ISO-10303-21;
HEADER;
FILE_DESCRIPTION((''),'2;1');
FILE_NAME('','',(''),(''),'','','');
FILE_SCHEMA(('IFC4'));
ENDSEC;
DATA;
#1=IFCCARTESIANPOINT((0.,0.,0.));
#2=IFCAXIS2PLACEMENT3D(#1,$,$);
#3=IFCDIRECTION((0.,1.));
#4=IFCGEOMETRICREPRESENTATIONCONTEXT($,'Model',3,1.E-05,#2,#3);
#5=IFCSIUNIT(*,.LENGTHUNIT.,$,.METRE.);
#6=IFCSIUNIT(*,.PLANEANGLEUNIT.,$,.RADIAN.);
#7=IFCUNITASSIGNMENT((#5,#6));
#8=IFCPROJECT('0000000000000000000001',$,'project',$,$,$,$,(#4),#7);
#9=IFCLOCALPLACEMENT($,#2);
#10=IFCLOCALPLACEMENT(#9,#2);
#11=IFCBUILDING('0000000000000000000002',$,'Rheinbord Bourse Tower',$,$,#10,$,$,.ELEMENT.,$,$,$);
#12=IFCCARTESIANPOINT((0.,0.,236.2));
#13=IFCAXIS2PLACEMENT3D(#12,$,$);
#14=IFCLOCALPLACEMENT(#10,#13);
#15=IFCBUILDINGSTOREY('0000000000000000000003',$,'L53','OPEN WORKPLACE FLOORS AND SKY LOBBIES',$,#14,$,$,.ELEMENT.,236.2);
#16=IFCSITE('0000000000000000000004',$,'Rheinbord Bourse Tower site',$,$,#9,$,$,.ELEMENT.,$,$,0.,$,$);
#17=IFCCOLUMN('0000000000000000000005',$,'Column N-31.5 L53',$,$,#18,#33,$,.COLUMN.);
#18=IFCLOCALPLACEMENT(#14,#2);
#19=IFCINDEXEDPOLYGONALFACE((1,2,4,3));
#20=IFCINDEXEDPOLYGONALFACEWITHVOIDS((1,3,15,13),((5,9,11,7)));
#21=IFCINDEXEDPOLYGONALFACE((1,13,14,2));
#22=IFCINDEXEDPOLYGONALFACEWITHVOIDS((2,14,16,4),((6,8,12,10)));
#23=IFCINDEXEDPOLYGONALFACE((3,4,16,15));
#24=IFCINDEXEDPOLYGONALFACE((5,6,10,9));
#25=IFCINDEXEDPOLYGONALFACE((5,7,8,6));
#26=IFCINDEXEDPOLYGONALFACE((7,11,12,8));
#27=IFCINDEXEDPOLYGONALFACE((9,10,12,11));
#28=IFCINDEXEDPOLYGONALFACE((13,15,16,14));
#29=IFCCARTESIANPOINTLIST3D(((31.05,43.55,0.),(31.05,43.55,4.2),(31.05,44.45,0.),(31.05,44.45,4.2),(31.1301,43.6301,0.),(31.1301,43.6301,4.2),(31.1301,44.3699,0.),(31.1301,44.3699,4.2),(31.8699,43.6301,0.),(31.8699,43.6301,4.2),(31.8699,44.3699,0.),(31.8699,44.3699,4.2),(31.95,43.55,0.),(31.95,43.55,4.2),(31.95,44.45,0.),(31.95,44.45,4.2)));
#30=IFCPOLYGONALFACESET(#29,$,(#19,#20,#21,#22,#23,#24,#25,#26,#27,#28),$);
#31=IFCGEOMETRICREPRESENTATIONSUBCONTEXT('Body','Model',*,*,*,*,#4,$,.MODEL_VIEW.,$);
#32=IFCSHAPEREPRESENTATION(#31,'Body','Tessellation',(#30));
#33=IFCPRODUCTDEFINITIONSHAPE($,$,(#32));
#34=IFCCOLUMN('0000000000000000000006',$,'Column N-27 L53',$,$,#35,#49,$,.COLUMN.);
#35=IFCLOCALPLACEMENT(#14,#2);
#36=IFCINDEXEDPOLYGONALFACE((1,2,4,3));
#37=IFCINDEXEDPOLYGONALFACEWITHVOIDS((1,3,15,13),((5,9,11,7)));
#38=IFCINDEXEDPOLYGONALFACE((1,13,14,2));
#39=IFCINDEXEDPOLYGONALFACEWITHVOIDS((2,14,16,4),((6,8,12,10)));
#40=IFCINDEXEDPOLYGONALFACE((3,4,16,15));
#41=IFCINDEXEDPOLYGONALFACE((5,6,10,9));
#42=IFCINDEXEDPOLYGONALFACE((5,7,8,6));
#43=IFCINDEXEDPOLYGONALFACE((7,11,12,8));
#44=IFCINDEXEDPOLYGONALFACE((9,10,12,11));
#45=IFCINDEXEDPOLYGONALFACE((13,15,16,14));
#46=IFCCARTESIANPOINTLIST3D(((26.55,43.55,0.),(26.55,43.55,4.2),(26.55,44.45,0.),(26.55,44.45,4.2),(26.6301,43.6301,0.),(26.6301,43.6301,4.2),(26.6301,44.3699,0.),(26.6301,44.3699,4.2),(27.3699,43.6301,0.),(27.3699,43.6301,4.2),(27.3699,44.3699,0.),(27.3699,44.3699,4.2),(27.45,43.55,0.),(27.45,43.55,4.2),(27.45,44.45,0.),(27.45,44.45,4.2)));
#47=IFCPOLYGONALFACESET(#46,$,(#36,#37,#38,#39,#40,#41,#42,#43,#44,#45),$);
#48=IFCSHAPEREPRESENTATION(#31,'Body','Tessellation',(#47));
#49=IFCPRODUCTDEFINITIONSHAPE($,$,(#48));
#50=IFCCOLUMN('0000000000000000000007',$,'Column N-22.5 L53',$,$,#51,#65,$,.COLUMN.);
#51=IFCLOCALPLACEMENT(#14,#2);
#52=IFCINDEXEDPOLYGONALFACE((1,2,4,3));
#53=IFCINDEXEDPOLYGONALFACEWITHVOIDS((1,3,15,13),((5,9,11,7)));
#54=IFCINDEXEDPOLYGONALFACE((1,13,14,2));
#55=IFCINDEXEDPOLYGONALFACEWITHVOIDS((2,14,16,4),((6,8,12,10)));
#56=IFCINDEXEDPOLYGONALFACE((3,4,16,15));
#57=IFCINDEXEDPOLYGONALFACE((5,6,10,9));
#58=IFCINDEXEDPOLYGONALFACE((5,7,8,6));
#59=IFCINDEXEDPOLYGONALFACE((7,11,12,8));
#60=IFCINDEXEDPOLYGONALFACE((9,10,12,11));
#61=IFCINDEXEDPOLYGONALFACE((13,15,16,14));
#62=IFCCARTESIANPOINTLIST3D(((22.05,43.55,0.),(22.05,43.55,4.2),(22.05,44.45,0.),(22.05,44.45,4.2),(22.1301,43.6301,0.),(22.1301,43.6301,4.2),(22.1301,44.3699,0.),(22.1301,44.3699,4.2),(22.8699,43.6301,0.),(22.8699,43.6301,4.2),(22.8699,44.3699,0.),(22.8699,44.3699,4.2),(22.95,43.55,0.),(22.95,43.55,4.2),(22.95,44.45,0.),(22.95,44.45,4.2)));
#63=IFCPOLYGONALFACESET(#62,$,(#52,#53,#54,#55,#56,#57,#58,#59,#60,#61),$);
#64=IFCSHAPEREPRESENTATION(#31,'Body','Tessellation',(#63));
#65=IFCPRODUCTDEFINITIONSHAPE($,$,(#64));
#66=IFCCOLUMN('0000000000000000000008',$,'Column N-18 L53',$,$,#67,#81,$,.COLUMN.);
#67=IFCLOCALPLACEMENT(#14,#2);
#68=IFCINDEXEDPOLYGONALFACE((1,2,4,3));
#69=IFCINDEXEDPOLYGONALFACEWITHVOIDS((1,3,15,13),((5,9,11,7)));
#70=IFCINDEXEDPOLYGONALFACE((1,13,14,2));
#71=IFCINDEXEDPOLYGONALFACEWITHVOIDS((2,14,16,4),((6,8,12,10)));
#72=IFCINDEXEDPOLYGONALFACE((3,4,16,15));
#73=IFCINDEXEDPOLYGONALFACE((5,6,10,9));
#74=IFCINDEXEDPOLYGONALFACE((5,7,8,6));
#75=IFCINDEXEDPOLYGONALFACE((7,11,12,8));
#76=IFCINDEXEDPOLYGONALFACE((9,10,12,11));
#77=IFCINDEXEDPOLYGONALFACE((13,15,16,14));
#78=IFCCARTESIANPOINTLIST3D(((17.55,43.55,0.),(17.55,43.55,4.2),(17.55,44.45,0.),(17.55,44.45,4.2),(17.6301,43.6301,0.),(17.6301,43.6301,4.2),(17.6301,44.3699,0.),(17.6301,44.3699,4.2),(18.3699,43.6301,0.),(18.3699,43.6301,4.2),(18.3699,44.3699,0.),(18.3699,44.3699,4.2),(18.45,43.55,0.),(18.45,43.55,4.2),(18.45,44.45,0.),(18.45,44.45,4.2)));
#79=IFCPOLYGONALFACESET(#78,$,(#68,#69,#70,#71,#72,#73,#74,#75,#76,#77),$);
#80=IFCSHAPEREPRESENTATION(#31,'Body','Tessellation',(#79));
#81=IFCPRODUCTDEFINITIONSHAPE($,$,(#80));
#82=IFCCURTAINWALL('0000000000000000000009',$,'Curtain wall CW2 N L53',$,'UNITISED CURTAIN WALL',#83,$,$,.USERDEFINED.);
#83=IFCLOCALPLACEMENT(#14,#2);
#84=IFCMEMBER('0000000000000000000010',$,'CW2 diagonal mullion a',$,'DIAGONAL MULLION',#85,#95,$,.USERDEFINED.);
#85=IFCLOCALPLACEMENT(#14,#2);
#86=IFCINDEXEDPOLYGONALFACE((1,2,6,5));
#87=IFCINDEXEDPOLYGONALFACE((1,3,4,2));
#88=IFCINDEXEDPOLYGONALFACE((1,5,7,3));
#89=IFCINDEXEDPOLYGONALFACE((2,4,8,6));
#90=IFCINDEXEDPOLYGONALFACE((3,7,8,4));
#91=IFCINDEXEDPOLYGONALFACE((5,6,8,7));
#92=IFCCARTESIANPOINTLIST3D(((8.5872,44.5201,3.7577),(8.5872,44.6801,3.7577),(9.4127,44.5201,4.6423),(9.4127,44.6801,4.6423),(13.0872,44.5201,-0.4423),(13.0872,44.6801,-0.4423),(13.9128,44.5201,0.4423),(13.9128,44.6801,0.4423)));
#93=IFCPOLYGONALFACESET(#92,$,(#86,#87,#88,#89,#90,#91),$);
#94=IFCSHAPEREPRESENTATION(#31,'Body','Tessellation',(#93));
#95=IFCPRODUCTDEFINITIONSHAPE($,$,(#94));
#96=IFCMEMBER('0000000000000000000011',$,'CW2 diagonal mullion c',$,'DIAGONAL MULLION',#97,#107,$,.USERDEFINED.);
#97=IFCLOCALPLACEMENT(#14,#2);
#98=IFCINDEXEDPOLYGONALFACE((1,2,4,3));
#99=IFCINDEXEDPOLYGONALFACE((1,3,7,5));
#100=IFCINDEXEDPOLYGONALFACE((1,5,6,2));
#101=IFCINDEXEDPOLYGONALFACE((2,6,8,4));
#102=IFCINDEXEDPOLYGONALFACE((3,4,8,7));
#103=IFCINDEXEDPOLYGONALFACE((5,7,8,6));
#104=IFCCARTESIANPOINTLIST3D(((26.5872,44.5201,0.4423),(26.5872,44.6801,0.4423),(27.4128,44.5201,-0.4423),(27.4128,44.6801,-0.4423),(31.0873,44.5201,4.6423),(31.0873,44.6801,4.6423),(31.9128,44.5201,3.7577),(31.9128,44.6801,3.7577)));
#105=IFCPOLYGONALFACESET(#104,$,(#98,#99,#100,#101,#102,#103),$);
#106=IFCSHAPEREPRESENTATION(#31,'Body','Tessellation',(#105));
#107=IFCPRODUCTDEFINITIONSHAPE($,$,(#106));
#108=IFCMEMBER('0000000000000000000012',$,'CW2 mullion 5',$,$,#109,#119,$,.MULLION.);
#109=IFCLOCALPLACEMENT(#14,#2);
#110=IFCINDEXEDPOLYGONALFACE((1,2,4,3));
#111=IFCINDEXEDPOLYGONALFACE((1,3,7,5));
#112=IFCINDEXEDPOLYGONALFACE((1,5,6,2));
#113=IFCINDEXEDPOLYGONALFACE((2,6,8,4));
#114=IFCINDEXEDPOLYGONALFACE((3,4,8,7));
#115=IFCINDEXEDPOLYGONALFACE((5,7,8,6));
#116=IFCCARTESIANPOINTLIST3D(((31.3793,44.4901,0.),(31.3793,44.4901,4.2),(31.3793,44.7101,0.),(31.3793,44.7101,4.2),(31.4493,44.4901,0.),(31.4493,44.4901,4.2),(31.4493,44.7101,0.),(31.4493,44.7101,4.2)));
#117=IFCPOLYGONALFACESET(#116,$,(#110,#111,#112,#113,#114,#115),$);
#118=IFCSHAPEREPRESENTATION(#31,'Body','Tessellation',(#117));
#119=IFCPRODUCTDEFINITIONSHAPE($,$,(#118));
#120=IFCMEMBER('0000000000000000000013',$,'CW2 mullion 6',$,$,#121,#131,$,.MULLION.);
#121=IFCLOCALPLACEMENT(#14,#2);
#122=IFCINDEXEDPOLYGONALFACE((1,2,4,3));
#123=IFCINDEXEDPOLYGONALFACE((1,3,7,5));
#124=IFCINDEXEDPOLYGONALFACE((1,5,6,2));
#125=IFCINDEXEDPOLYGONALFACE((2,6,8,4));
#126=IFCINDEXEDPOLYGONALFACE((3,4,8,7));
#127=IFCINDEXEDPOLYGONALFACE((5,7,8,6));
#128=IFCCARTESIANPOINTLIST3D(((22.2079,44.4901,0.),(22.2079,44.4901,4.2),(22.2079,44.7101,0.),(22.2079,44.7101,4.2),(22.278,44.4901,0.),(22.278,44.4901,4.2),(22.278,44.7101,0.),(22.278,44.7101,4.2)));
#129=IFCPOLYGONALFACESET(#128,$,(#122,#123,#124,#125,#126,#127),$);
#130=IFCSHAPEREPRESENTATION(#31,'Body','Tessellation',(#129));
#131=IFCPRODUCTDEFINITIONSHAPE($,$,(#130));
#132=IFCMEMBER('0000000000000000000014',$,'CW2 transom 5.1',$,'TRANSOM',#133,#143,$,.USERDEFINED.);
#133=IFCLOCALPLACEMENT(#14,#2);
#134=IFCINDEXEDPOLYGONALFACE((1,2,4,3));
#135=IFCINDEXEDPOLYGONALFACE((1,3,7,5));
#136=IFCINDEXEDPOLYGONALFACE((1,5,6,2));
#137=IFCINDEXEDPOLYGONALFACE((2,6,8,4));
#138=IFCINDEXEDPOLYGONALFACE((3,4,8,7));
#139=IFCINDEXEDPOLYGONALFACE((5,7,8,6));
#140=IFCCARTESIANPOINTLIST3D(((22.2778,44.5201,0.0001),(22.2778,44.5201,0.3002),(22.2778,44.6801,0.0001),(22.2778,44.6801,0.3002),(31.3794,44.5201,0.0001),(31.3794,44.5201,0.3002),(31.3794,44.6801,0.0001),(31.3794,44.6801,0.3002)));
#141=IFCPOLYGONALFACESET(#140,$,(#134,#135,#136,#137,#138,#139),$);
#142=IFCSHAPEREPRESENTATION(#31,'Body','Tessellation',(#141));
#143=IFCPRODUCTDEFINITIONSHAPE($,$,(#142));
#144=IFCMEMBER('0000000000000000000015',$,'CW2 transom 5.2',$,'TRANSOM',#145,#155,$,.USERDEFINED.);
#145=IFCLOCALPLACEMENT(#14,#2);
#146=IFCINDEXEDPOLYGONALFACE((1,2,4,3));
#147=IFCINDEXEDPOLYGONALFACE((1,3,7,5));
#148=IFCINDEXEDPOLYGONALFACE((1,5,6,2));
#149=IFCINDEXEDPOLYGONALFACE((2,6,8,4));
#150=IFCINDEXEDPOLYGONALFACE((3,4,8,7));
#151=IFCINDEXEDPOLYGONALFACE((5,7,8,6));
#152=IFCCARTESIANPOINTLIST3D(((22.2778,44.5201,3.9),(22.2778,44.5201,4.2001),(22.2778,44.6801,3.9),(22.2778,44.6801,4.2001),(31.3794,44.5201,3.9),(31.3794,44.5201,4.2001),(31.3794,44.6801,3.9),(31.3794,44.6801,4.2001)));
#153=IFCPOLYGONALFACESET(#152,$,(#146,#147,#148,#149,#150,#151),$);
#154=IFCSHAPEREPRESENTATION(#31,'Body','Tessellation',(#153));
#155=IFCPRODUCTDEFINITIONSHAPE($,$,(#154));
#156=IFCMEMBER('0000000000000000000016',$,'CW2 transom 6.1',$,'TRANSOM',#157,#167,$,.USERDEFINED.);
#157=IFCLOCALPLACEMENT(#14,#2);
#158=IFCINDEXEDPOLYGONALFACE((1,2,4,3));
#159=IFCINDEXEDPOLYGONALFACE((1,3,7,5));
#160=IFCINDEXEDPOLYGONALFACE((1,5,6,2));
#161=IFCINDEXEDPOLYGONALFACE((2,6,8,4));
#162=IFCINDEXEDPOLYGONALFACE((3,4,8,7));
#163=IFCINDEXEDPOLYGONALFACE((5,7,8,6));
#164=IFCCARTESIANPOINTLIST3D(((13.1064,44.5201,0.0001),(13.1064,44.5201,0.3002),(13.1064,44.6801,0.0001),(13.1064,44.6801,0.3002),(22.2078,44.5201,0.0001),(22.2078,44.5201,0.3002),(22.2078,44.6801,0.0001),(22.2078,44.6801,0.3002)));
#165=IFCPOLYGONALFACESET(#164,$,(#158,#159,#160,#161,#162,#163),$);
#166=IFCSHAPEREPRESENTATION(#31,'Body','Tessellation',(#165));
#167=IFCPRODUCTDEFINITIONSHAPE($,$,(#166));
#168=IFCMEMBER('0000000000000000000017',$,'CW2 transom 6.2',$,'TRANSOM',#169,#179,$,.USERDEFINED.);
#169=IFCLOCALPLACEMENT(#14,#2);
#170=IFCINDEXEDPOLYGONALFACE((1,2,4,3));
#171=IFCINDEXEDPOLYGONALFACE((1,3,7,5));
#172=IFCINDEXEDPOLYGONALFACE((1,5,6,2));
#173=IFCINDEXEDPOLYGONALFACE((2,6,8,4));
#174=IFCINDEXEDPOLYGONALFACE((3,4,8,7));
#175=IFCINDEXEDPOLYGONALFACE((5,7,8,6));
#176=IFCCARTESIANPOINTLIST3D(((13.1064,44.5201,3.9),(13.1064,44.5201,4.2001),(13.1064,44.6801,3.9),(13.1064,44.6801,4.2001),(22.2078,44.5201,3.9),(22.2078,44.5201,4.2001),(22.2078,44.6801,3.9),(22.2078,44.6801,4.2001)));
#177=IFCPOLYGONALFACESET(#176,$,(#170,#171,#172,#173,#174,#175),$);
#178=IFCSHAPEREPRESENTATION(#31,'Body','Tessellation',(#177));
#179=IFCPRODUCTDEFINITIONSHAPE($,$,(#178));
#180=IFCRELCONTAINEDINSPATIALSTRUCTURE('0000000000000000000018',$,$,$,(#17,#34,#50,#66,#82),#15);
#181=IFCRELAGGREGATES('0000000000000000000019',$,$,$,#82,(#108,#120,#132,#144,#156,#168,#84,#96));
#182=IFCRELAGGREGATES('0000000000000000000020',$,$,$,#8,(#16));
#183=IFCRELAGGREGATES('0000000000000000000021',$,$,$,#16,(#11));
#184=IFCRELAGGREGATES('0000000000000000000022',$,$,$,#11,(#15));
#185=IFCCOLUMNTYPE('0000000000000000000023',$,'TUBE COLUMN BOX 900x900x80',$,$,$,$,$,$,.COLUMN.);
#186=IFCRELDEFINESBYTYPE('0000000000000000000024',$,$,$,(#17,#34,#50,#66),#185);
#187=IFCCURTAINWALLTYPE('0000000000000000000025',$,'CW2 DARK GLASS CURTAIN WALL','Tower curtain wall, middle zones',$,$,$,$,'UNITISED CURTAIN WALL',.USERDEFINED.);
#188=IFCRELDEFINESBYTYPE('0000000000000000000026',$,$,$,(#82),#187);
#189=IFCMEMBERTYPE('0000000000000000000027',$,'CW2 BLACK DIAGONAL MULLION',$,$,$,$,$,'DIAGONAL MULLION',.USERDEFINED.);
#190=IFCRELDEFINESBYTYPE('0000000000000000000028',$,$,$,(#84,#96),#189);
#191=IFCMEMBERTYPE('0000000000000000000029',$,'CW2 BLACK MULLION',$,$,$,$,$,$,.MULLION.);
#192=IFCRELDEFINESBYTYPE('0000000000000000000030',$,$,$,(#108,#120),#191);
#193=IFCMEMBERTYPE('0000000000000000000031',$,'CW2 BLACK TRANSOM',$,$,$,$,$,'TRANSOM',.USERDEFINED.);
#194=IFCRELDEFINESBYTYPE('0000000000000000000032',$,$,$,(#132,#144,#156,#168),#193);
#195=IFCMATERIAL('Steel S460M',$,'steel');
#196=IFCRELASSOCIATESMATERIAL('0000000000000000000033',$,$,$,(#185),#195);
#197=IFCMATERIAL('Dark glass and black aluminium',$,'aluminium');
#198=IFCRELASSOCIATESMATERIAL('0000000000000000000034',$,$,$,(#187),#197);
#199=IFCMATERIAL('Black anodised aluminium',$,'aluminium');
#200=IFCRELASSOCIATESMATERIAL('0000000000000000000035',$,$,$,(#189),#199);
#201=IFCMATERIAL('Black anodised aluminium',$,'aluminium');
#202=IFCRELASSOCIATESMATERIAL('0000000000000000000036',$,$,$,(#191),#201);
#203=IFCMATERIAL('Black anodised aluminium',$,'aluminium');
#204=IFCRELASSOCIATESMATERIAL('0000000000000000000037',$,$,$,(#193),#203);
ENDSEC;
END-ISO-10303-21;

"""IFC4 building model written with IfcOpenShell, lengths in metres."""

from ifc_helpers import new_model, si_unit, direction, frame, origin, origin_2d, place, context, subcontext, project, spatial, rectangle, hollow_rectangle, extrude, material, material_profile, profile_set, type_object, element, aggregate, save


model = new_model("IFC4")

# Units and contexts
model_context = context("Model", 3, precision=1e-05, world=origin(), true_north=direction((0.0, 1.0)))
body_context = subcontext(model_context, "Body", "Model", "MODEL_VIEW")
ifc_project = project(units=[si_unit("LENGTHUNIT", "METRE"), si_unit("PLANEANGLEUNIT", "RADIAN")], contexts=[model_context])

# Site, building, storey
site_placement = place(None, origin())
site = spatial("IfcSite", under=ifc_project, at=site_placement, Name="Rheinbord Bourse Tower site", CompositionType="ELEMENT", RefElevation=0.0)
building_placement = place(site_placement, origin())
building = spatial("IfcBuilding", under=site, at=building_placement, Name="Rheinbord Bourse Tower", CompositionType="ELEMENT")
storey_placement = place(building_placement, frame((0.0, 0.0, 236.2)))
storey = spatial("IfcBuildingStorey", under=building, at=storey_placement, Name="L53", Description="OPEN WORKPLACE FLOORS AND SKY LOBBIES", CompositionType="ELEMENT", Elevation=236.2)

# Columns
ifc_material_1 = material(Name="Steel S460M", Category="steel")
ifc_material_profile_1 = material_profile(ifc_material_1, hollow_rectangle(XDim=0.8999, YDim=0.8999, WallThickness=0.0801, at=origin_2d()), Name="BOX 900x900x80")
ifc_profile_set_1 = profile_set([ifc_material_profile_1], Name="Steel S460M")
column_type = type_object("IfcColumnType", Name="TUBE COLUMN BOX 900x900x80", PredefinedType="COLUMN", material=ifc_profile_set_1)
for number, where, z_axis, x_axis, name in (
    (1, (31.5, 44.0, 0.0), (0.0, 0.0, 1.0), (0.0, 1.0, 0.0), "Column N-31.5 L53"),
    (2, (27.0, 44.0, 0.0), (0.0, 0.0, 1.0), (0.0, 1.0, 0.0), "Column N-27 L53"),
    (3, (22.5, 44.0, 0.0), (0.0, 0.0, 1.0), (0.0, 1.0, 0.0), "Column N-22.5 L53"),
    (4, (18.0, 44.0, 0.0), (0.0, 0.0, 1.0), (0.0, 1.0, 0.0), "Column N-18 L53"),
):
    element("IfcColumn", number, at=place(storey_placement, frame(where, z_axis=z_axis, x_axis=x_axis)), inside=storey, type_object=column_type, Name=name, PredefinedType="COLUMN", context=body_context, shape_type="SweptSolid", body=[
        extrude(hollow_rectangle(XDim=0.8999, YDim=0.8999, WallThickness=0.0801, at=origin_2d()), origin(), (0.0, 0.0, 1.0), 4.2),
    ])

# Curtain wall, members
ifc_material_2 = material(Name="Dark glass and black aluminium", Category="aluminium")
curtain_wall_type = type_object("IfcCurtainWallType", Name="CW2 DARK GLASS CURTAIN WALL", Description="Tower curtain wall, middle zones", ElementType="UNITISED CURTAIN WALL", PredefinedType="USERDEFINED", material=ifc_material_2)
curtain_wall_placement = place(storey_placement, origin())
curtain_wall = element("IfcCurtainWall", 5, at=curtain_wall_placement, inside=storey, type_object=curtain_wall_type, Name="Curtain wall CW2 N L53", ObjectType="UNITISED CURTAIN WALL", PredefinedType="USERDEFINED")
ifc_material_3 = material(Name="Black anodised aluminium", Category="aluminium")
ifc_material_profile_2 = material_profile(ifc_material_3, rectangle(XDim=0.1599, YDim=1.21, at=origin_2d()), Name="CW2 DIAGONAL MULLION 1210x160")
ifc_profile_set_2 = profile_set([ifc_material_profile_2], Name="Black anodised aluminium")
member_type_1 = type_object("IfcMemberType", Name="CW2 BLACK DIAGONAL MULLION", ElementType="DIAGONAL MULLION", PredefinedType="USERDEFINED", material=ifc_profile_set_2)
member_1_placement = place(storey_placement, frame((13.5, 44.6001, 0.0), z_axis=(-0.731059, 0.0, 0.682314), x_axis=(0.0, -1.0, 0.0)))
member_1 = element("IfcMember", 6, at=member_1_placement, type_object=member_type_1, Name="CW2 diagonal mullion a", ObjectType="DIAGONAL MULLION", PredefinedType="USERDEFINED", context=body_context, shape_type="SweptSolid", body=[
    extrude(rectangle(XDim=0.1599, YDim=1.21, at=origin_2d()), origin(), (0.0, 0.0, 1.0), 6.1555),
])
member_2_placement = place(storey_placement, frame((27.0, 44.6001, 0.0), z_axis=(0.731059, 0.0, 0.682314), x_axis=(0.0, 1.0, 0.0)))
member_2 = element("IfcMember", 7, at=member_2_placement, type_object=member_type_1, Name="CW2 diagonal mullion c", ObjectType="DIAGONAL MULLION", PredefinedType="USERDEFINED", context=body_context, shape_type="SweptSolid", body=[
    extrude(rectangle(XDim=0.1599, YDim=1.21, at=origin_2d()), origin(), (0.0, 0.0, 1.0), 6.1555),
])
ifc_material_4 = material(Name="Black anodised aluminium", Category="aluminium")
ifc_material_profile_3 = material_profile(ifc_material_4, rectangle(XDim=0.22, YDim=0.0701, at=origin_2d()), Name="CW2 MULLION 70x220")
ifc_profile_set_3 = profile_set([ifc_material_profile_3], Name="Black anodised aluminium")
member_type_2 = type_object("IfcMemberType", Name="CW2 BLACK MULLION", PredefinedType="MULLION", material=ifc_profile_set_3)
member_3_placement = place(storey_placement, frame((31.4143, 44.6001, 0.0), z_axis=(0.0, 0.0, 1.0), x_axis=(0.0, -1.0, 0.0)))
member_3 = element("IfcMember", 8, at=member_3_placement, type_object=member_type_2, Name="CW2 mullion 5", PredefinedType="MULLION", context=body_context, shape_type="SweptSolid", body=[
    extrude(rectangle(XDim=0.22, YDim=0.0701, at=origin_2d()), origin(), (0.0, 0.0, 1.0), 4.2),
])
member_4_placement = place(storey_placement, frame((22.2429, 44.6001, 0.0), z_axis=(0.0, 0.0, 1.0), x_axis=(0.0, -1.0, 0.0)))
member_4 = element("IfcMember", 9, at=member_4_placement, type_object=member_type_2, Name="CW2 mullion 6", PredefinedType="MULLION", context=body_context, shape_type="SweptSolid", body=[
    extrude(rectangle(XDim=0.22, YDim=0.0701, at=origin_2d()), origin(), (0.0, 0.0, 1.0), 4.2),
])
ifc_material_5 = material(Name="Black anodised aluminium", Category="aluminium")
ifc_material_profile_4 = material_profile(ifc_material_5, rectangle(XDim=0.1599, YDim=0.3, at=origin_2d()), Name="CW2 TRANSOM 300x160")
ifc_profile_set_4 = profile_set([ifc_material_profile_4], Name="Black anodised aluminium")
member_type_3 = type_object("IfcMemberType", Name="CW2 BLACK TRANSOM", ElementType="TRANSOM", PredefinedType="USERDEFINED", material=ifc_profile_set_4)
member_5_placement = place(storey_placement, frame((31.3794, 44.6001, 0.1501), z_axis=(-1.0, 0.0, 0.0), x_axis=(0.0, -1.0, 0.0)))
member_5 = element("IfcMember", 10, at=member_5_placement, type_object=member_type_3, Name="CW2 transom 5.1", ObjectType="TRANSOM", PredefinedType="USERDEFINED", context=body_context, shape_type="SweptSolid", body=[
    extrude(rectangle(XDim=0.1599, YDim=0.3, at=origin_2d()), origin(), (0.0, 0.0, 1.0), 9.1016),
])
member_6_placement = place(storey_placement, frame((31.3794, 44.6001, 4.05), z_axis=(-1.0, 0.0, 0.0), x_axis=(0.0, -1.0, 0.0)))
member_6 = element("IfcMember", 11, at=member_6_placement, type_object=member_type_3, Name="CW2 transom 5.2", ObjectType="TRANSOM", PredefinedType="USERDEFINED", context=body_context, shape_type="SweptSolid", body=[
    extrude(rectangle(XDim=0.1599, YDim=0.3, at=origin_2d()), origin(), (0.0, 0.0, 1.0), 9.1016),
])
member_7_placement = place(storey_placement, frame((22.2078, 44.6001, 0.1501), z_axis=(-1.0, 0.0, 0.0), x_axis=(0.0, -1.0, 0.0)))
member_7 = element("IfcMember", 12, at=member_7_placement, type_object=member_type_3, Name="CW2 transom 6.1", ObjectType="TRANSOM", PredefinedType="USERDEFINED", context=body_context, shape_type="SweptSolid", body=[
    extrude(rectangle(XDim=0.1599, YDim=0.3, at=origin_2d()), origin(), (0.0, 0.0, 1.0), 9.1013),
])
member_8_placement = place(storey_placement, frame((22.2078, 44.6001, 4.05), z_axis=(-1.0, 0.0, 0.0), x_axis=(0.0, -1.0, 0.0)))
member_8 = element("IfcMember", 13, at=member_8_placement, type_object=member_type_3, Name="CW2 transom 6.2", ObjectType="TRANSOM", PredefinedType="USERDEFINED", context=body_context, shape_type="SweptSolid", body=[
    extrude(rectangle(XDim=0.1599, YDim=0.3, at=origin_2d()), origin(), (0.0, 0.0, 1.0), 9.1013),
])

aggregate(curtain_wall, [member_3, member_4, member_5, member_6, member_7, member_8, member_1, member_2])

save(model, "model.ifc")
